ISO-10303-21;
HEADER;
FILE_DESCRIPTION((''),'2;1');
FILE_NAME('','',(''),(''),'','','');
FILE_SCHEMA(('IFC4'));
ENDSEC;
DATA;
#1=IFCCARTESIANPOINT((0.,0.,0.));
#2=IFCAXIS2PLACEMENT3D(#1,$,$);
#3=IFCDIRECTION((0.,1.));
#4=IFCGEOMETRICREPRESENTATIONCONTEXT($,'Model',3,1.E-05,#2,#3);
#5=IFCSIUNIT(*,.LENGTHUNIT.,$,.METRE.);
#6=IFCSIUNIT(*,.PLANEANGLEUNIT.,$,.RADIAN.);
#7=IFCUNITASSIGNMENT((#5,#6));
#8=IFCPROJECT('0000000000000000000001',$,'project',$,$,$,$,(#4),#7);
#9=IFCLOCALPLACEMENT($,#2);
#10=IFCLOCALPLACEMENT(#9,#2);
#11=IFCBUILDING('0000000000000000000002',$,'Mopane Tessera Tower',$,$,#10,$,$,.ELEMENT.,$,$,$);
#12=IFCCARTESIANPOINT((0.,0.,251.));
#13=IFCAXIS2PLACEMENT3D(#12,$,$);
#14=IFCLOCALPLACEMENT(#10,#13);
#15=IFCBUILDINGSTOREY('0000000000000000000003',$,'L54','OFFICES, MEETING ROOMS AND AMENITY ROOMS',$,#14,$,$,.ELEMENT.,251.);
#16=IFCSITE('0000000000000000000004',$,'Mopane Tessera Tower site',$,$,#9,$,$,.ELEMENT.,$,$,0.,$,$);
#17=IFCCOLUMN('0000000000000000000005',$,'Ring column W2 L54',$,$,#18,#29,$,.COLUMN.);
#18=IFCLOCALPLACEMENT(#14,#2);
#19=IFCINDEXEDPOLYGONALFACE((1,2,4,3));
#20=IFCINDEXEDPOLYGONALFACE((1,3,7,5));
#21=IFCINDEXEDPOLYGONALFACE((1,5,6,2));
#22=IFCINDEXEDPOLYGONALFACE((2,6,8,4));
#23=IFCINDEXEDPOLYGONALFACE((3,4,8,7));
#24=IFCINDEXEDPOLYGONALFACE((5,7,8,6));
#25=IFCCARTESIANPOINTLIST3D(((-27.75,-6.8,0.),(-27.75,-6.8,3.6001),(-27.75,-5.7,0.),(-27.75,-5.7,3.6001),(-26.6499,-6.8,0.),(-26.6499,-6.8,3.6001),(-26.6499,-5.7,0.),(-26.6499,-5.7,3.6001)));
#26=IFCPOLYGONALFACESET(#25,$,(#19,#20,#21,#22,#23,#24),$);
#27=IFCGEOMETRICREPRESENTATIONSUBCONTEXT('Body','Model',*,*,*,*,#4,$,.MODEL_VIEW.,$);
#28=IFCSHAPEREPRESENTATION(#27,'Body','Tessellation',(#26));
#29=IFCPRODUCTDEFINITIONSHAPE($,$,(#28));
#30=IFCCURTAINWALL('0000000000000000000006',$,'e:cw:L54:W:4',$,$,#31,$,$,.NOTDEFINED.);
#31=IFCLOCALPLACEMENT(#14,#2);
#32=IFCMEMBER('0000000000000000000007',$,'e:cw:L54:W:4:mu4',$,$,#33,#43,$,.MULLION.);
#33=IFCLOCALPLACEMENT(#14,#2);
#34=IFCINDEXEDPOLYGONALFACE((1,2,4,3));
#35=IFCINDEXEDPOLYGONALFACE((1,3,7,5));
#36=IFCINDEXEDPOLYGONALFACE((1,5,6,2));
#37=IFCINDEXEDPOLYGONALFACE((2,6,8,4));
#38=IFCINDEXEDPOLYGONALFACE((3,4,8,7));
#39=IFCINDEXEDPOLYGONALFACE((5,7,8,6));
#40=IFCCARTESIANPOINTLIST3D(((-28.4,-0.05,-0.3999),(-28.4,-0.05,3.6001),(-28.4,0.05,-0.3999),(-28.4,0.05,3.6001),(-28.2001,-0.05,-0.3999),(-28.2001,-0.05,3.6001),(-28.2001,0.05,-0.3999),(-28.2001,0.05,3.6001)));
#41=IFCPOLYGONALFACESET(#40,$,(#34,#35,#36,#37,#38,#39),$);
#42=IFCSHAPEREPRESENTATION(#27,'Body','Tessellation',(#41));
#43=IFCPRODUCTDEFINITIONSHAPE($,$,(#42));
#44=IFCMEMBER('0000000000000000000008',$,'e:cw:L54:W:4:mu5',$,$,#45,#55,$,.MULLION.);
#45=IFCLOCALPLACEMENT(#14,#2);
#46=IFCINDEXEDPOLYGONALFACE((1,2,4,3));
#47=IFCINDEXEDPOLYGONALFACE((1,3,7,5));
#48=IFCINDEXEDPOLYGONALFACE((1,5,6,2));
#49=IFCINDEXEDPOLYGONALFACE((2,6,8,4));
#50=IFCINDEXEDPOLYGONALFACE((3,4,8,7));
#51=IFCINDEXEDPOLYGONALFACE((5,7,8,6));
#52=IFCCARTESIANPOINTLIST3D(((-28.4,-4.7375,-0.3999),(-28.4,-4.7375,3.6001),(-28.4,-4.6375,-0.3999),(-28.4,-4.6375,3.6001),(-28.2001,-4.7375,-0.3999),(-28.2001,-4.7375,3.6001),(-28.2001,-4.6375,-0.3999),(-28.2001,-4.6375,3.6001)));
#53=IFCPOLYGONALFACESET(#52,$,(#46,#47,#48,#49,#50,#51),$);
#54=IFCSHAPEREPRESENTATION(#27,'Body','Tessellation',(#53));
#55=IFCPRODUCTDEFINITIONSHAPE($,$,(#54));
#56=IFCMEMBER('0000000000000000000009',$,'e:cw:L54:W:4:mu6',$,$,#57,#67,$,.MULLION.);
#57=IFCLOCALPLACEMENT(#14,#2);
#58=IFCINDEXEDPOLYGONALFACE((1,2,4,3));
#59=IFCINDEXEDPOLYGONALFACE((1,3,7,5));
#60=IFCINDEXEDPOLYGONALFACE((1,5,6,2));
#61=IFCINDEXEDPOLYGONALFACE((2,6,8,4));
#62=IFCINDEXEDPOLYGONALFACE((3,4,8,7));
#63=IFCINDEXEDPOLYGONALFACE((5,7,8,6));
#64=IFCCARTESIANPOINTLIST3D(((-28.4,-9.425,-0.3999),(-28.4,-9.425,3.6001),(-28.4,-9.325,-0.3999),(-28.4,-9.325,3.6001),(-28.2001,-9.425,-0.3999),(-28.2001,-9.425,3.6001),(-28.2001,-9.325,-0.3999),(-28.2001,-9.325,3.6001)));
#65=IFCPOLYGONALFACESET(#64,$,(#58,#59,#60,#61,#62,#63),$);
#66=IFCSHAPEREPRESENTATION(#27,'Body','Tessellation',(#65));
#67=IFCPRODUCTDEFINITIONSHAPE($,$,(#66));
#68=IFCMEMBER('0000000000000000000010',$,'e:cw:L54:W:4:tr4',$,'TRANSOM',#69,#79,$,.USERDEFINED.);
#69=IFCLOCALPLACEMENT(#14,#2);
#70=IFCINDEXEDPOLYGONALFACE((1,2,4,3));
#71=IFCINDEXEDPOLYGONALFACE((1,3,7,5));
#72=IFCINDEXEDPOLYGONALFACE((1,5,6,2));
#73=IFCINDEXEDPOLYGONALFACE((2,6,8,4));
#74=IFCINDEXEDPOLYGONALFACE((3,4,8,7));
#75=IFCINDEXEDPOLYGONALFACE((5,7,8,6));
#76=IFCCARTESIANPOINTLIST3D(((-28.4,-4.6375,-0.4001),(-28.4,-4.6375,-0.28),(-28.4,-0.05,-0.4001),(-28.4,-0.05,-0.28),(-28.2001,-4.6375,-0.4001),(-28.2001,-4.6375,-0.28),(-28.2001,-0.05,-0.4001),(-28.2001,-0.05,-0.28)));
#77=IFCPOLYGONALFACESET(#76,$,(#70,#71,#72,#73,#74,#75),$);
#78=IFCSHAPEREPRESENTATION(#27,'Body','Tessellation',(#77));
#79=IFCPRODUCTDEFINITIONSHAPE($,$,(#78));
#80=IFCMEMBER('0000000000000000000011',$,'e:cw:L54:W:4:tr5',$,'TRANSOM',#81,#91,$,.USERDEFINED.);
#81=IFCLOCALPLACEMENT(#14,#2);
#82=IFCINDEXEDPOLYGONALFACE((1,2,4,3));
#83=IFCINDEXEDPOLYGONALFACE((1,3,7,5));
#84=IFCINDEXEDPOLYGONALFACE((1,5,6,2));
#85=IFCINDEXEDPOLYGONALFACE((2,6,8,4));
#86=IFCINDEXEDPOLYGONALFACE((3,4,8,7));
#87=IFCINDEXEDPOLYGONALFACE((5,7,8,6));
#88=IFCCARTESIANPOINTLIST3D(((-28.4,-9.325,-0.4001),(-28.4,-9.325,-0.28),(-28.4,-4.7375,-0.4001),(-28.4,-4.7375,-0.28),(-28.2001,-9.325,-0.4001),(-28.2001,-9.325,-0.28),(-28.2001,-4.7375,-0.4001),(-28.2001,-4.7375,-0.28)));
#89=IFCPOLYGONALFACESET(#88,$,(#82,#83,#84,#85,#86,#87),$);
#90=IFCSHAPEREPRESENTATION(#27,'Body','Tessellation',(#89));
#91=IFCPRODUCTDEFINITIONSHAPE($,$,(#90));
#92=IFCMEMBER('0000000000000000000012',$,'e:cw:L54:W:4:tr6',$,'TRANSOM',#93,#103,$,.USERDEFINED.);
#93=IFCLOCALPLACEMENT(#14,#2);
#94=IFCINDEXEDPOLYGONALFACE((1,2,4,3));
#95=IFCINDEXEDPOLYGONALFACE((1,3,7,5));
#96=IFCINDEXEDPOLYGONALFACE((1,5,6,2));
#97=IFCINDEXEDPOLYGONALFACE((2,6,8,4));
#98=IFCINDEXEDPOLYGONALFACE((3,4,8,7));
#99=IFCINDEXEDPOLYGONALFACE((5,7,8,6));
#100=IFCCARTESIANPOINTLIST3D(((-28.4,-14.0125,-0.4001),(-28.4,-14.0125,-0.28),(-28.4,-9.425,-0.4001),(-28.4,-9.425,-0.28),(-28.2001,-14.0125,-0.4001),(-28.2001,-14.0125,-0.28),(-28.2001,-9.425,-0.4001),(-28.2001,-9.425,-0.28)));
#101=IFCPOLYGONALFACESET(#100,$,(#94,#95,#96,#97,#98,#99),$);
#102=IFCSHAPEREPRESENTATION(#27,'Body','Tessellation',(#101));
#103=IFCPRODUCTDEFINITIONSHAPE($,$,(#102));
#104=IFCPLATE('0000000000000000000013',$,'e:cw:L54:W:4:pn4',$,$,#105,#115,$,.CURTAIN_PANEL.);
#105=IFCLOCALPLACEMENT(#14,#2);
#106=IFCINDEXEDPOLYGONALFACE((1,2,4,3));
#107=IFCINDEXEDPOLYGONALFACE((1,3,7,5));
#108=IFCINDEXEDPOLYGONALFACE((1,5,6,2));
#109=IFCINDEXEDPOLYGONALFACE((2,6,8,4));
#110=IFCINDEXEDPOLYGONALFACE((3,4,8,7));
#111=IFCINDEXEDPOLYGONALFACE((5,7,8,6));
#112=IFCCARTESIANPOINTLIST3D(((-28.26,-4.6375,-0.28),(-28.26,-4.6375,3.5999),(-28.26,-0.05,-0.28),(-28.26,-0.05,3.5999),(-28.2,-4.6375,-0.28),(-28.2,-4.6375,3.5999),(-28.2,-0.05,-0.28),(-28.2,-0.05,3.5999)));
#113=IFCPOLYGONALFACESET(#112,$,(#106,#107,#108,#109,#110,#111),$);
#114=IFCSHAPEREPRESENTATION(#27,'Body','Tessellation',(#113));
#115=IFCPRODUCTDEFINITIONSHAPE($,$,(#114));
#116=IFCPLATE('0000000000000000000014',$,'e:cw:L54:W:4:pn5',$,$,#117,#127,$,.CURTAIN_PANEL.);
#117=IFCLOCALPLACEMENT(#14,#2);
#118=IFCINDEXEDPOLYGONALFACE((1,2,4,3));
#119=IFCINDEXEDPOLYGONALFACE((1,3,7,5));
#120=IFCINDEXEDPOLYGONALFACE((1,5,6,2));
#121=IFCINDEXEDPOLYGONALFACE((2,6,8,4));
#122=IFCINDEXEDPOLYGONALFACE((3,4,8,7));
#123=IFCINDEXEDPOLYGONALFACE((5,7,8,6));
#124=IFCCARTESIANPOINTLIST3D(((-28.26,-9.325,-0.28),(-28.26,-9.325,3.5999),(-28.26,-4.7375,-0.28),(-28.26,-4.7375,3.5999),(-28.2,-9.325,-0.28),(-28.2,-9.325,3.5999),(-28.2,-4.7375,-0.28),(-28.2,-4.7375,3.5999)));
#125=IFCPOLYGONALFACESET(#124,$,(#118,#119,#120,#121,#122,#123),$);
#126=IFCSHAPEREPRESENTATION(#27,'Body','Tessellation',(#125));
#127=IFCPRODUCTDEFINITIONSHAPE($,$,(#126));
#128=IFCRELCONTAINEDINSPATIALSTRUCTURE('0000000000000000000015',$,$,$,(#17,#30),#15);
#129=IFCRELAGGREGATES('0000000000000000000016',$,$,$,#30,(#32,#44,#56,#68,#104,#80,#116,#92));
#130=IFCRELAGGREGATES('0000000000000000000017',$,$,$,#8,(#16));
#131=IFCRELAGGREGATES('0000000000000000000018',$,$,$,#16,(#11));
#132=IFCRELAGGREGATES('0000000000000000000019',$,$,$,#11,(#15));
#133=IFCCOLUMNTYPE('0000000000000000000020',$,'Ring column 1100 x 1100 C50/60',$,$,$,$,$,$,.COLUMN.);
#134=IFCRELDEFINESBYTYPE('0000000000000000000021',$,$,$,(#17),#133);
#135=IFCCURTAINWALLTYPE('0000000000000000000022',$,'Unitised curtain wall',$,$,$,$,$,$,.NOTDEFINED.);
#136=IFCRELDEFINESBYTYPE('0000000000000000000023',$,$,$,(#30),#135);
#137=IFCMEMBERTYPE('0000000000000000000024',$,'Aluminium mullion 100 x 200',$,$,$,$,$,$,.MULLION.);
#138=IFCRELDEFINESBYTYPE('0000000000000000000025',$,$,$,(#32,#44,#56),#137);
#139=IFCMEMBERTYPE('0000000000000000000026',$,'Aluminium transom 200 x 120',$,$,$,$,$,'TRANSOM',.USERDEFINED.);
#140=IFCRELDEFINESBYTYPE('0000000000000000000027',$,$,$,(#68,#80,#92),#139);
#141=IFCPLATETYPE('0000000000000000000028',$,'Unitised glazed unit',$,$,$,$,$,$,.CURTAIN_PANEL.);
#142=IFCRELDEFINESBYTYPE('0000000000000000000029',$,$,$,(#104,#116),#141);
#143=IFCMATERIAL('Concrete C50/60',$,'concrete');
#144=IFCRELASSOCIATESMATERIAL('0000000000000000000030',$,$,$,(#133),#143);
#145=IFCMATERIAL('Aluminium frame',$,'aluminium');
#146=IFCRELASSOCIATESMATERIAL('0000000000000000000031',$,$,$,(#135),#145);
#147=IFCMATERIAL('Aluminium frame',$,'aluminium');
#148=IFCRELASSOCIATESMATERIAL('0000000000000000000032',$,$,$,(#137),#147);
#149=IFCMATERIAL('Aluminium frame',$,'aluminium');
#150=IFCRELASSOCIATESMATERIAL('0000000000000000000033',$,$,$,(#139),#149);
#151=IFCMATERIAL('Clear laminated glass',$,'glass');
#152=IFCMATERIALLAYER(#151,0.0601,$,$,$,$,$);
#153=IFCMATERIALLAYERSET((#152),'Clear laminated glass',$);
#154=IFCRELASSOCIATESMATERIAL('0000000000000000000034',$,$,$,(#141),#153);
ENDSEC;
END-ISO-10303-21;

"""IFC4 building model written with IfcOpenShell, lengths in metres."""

from ifc_helpers import new_model, si_unit, direction, frame, origin, origin_2d, place, context, subcontext, project, spatial, rectangle, extrude, material, layer, layer_set, material_profile, profile_set, type_object, element, aggregate, save


model = new_model("IFC4")

# Units and contexts
model_context = context("Model", 3, precision=1e-05, world=origin(), true_north=direction((0.0, 1.0)))
body_context = subcontext(model_context, "Body", "Model", "MODEL_VIEW")
ifc_project = project(units=[si_unit("LENGTHUNIT", "METRE"), si_unit("PLANEANGLEUNIT", "RADIAN")], contexts=[model_context])

# Site, building, storey
site_placement = place(None, origin())
site = spatial("IfcSite", under=ifc_project, at=site_placement, Name="Mopane Tessera Tower site", CompositionType="ELEMENT", RefElevation=0.0)
building_placement = place(site_placement, origin())
building = spatial("IfcBuilding", under=site, at=building_placement, Name="Mopane Tessera Tower", CompositionType="ELEMENT")
storey_placement = place(building_placement, frame((0.0, 0.0, 251.0)))
storey = spatial("IfcBuildingStorey", under=building, at=storey_placement, Name="L54", Description="OFFICES, MEETING ROOMS AND AMENITY ROOMS", CompositionType="ELEMENT", Elevation=251.0)

# Column
ifc_material_1 = material(Name="Concrete C50/60", Category="concrete")
ifc_material_profile_1 = material_profile(ifc_material_1, rectangle(XDim=1.1001, YDim=1.1001, at=origin_2d()))
ifc_profile_set_1 = profile_set([ifc_material_profile_1], Name="Concrete C50/60")
column_type = type_object("IfcColumnType", Name="Ring column 1100 x 1100 C50/60", PredefinedType="COLUMN", material=ifc_profile_set_1)
column_placement = place(storey_placement, frame((-27.2, -6.25, 0.0), z_axis=(0.0, 0.0, 1.0), x_axis=(1.0, 0.0, 0.0)))
element("IfcColumn", 1, at=column_placement, inside=storey, type_object=column_type, Name="Ring column W2 L54", PredefinedType="COLUMN", context=body_context, shape_type="SweptSolid", body=[
    extrude(rectangle(XDim=1.1001, YDim=1.1001, at=origin_2d()), origin(), (0.0, 0.0, 1.0), 3.6001),
])

# Curtain wall, members, plates
ifc_material_2 = material(Name="Aluminium frame", Category="aluminium")
curtain_wall_type = type_object("IfcCurtainWallType", Name="Unitised curtain wall", PredefinedType="NOTDEFINED", material=ifc_material_2)
curtain_wall_placement = place(storey_placement, origin())
curtain_wall = element("IfcCurtainWall", 2, at=curtain_wall_placement, inside=storey, type_object=curtain_wall_type, Name="e:cw:L54:W:4", PredefinedType="NOTDEFINED")
ifc_material_3 = material(Name="Aluminium frame", Category="aluminium")
ifc_material_profile_2 = material_profile(ifc_material_3, rectangle(XDim=0.1001, YDim=0.2, at=origin_2d()))
ifc_profile_set_2 = profile_set([ifc_material_profile_2], Name="Aluminium frame")
member_type_1 = type_object("IfcMemberType", Name="Aluminium mullion 100 x 200", PredefinedType="MULLION", material=ifc_profile_set_2)
member_1_placement = place(storey_placement, frame((-28.3, 0.0, -0.3999), z_axis=(0.0, 0.0, 1.0), x_axis=(0.0, -1.0, 0.0)))
member_1 = element("IfcMember", 3, at=member_1_placement, type_object=member_type_1, Name="e:cw:L54:W:4:mu4", PredefinedType="MULLION", context=body_context, shape_type="SweptSolid", body=[
    extrude(rectangle(XDim=0.1001, YDim=0.2, at=origin_2d()), origin(), (0.0, 0.0, 1.0), 4.0),
])
member_2_placement = place(storey_placement, frame((-28.3, -4.6875, -0.3999), z_axis=(0.0, 0.0, 1.0), x_axis=(0.0, -1.0, 0.0)))
member_2 = element("IfcMember", 4, at=member_2_placement, type_object=member_type_1, Name="e:cw:L54:W:4:mu5", PredefinedType="MULLION", context=body_context, shape_type="SweptSolid", body=[
    extrude(rectangle(XDim=0.1001, YDim=0.2, at=origin_2d()), origin(), (0.0, 0.0, 1.0), 4.0),
])
member_3_placement = place(storey_placement, frame((-28.3, -9.375, -0.3999), z_axis=(0.0, 0.0, 1.0), x_axis=(0.0, -1.0, 0.0)))
member_3 = element("IfcMember", 5, at=member_3_placement, type_object=member_type_1, Name="e:cw:L54:W:4:mu6", PredefinedType="MULLION", context=body_context, shape_type="SweptSolid", body=[
    extrude(rectangle(XDim=0.1001, YDim=0.2, at=origin_2d()), origin(), (0.0, 0.0, 1.0), 4.0),
])
ifc_material_4 = material(Name="Aluminium frame", Category="aluminium")
ifc_material_profile_3 = material_profile(ifc_material_4, rectangle(XDim=0.2, YDim=0.1201, at=origin_2d()))
ifc_profile_set_3 = profile_set([ifc_material_profile_3], Name="Aluminium frame")
member_type_2 = type_object("IfcMemberType", Name="Aluminium transom 200 x 120", ElementType="TRANSOM", PredefinedType="USERDEFINED", material=ifc_profile_set_3)
member_4_placement = place(storey_placement, frame((-28.3, -0.05, -0.3401), z_axis=(0.0, -1.0, 0.0), x_axis=(1.0, 0.0, 0.0)))
member_4 = element("IfcMember", 6, at=member_4_placement, type_object=member_type_2, Name="e:cw:L54:W:4:tr4", ObjectType="TRANSOM", PredefinedType="USERDEFINED", context=body_context, shape_type="SweptSolid", body=[
    extrude(rectangle(XDim=0.2, YDim=0.1201, at=origin_2d()), origin(), (0.0, 0.0, 1.0), 4.5874),
])
member_5_placement = place(storey_placement, frame((-28.3, -4.7375, -0.3401), z_axis=(0.0, -1.0, 0.0), x_axis=(1.0, 0.0, 0.0)))
member_5 = element("IfcMember", 7, at=member_5_placement, type_object=member_type_2, Name="e:cw:L54:W:4:tr5", ObjectType="TRANSOM", PredefinedType="USERDEFINED", context=body_context, shape_type="SweptSolid", body=[
    extrude(rectangle(XDim=0.2, YDim=0.1201, at=origin_2d()), origin(), (0.0, 0.0, 1.0), 4.5874),
])
member_6_placement = place(storey_placement, frame((-28.3, -9.425, -0.3401), z_axis=(0.0, -1.0, 0.0), x_axis=(1.0, 0.0, 0.0)))
member_6 = element("IfcMember", 8, at=member_6_placement, type_object=member_type_2, Name="e:cw:L54:W:4:tr6", ObjectType="TRANSOM", PredefinedType="USERDEFINED", context=body_context, shape_type="SweptSolid", body=[
    extrude(rectangle(XDim=0.2, YDim=0.1201, at=origin_2d()), origin(), (0.0, 0.0, 1.0), 4.5874),
])
ifc_material_5 = material(Name="Clear laminated glass", Category="glass")
ifc_layer_1 = layer(ifc_material_5, 0.0601)
ifc_layer_set_1 = layer_set([ifc_layer_1], Name="Clear laminated glass")
plate_type = type_object("IfcPlateType", Name="Unitised glazed unit", PredefinedType="CURTAIN_PANEL", material=ifc_layer_set_1)
plate_1_placement = place(storey_placement, frame((-28.23, -2.3438, -0.28), z_axis=(0.0, 0.0, 1.0), x_axis=(0.0, -1.0, 0.0)))
plate_1 = element("IfcPlate", 9, at=plate_1_placement, type_object=plate_type, Name="e:cw:L54:W:4:pn4", PredefinedType="CURTAIN_PANEL", context=body_context, shape_type="SweptSolid", body=[
    extrude(rectangle(XDim=4.5874, YDim=0.0601, at=origin_2d()), origin(), (0.0, 0.0, 1.0), 3.8799),
])
plate_2_placement = place(storey_placement, frame((-28.23, -7.0312, -0.28), z_axis=(0.0, 0.0, 1.0), x_axis=(0.0, -1.0, 0.0)))
plate_2 = element("IfcPlate", 10, at=plate_2_placement, type_object=plate_type, Name="e:cw:L54:W:4:pn5", PredefinedType="CURTAIN_PANEL", context=body_context, shape_type="SweptSolid", body=[
    extrude(rectangle(XDim=4.5874, YDim=0.0601, at=origin_2d()), origin(), (0.0, 0.0, 1.0), 3.8799),
])
aggregate(curtain_wall, [member_1, member_2, member_3, member_4, plate_1, member_5, plate_2, member_6])

save(model, "model.ifc")
